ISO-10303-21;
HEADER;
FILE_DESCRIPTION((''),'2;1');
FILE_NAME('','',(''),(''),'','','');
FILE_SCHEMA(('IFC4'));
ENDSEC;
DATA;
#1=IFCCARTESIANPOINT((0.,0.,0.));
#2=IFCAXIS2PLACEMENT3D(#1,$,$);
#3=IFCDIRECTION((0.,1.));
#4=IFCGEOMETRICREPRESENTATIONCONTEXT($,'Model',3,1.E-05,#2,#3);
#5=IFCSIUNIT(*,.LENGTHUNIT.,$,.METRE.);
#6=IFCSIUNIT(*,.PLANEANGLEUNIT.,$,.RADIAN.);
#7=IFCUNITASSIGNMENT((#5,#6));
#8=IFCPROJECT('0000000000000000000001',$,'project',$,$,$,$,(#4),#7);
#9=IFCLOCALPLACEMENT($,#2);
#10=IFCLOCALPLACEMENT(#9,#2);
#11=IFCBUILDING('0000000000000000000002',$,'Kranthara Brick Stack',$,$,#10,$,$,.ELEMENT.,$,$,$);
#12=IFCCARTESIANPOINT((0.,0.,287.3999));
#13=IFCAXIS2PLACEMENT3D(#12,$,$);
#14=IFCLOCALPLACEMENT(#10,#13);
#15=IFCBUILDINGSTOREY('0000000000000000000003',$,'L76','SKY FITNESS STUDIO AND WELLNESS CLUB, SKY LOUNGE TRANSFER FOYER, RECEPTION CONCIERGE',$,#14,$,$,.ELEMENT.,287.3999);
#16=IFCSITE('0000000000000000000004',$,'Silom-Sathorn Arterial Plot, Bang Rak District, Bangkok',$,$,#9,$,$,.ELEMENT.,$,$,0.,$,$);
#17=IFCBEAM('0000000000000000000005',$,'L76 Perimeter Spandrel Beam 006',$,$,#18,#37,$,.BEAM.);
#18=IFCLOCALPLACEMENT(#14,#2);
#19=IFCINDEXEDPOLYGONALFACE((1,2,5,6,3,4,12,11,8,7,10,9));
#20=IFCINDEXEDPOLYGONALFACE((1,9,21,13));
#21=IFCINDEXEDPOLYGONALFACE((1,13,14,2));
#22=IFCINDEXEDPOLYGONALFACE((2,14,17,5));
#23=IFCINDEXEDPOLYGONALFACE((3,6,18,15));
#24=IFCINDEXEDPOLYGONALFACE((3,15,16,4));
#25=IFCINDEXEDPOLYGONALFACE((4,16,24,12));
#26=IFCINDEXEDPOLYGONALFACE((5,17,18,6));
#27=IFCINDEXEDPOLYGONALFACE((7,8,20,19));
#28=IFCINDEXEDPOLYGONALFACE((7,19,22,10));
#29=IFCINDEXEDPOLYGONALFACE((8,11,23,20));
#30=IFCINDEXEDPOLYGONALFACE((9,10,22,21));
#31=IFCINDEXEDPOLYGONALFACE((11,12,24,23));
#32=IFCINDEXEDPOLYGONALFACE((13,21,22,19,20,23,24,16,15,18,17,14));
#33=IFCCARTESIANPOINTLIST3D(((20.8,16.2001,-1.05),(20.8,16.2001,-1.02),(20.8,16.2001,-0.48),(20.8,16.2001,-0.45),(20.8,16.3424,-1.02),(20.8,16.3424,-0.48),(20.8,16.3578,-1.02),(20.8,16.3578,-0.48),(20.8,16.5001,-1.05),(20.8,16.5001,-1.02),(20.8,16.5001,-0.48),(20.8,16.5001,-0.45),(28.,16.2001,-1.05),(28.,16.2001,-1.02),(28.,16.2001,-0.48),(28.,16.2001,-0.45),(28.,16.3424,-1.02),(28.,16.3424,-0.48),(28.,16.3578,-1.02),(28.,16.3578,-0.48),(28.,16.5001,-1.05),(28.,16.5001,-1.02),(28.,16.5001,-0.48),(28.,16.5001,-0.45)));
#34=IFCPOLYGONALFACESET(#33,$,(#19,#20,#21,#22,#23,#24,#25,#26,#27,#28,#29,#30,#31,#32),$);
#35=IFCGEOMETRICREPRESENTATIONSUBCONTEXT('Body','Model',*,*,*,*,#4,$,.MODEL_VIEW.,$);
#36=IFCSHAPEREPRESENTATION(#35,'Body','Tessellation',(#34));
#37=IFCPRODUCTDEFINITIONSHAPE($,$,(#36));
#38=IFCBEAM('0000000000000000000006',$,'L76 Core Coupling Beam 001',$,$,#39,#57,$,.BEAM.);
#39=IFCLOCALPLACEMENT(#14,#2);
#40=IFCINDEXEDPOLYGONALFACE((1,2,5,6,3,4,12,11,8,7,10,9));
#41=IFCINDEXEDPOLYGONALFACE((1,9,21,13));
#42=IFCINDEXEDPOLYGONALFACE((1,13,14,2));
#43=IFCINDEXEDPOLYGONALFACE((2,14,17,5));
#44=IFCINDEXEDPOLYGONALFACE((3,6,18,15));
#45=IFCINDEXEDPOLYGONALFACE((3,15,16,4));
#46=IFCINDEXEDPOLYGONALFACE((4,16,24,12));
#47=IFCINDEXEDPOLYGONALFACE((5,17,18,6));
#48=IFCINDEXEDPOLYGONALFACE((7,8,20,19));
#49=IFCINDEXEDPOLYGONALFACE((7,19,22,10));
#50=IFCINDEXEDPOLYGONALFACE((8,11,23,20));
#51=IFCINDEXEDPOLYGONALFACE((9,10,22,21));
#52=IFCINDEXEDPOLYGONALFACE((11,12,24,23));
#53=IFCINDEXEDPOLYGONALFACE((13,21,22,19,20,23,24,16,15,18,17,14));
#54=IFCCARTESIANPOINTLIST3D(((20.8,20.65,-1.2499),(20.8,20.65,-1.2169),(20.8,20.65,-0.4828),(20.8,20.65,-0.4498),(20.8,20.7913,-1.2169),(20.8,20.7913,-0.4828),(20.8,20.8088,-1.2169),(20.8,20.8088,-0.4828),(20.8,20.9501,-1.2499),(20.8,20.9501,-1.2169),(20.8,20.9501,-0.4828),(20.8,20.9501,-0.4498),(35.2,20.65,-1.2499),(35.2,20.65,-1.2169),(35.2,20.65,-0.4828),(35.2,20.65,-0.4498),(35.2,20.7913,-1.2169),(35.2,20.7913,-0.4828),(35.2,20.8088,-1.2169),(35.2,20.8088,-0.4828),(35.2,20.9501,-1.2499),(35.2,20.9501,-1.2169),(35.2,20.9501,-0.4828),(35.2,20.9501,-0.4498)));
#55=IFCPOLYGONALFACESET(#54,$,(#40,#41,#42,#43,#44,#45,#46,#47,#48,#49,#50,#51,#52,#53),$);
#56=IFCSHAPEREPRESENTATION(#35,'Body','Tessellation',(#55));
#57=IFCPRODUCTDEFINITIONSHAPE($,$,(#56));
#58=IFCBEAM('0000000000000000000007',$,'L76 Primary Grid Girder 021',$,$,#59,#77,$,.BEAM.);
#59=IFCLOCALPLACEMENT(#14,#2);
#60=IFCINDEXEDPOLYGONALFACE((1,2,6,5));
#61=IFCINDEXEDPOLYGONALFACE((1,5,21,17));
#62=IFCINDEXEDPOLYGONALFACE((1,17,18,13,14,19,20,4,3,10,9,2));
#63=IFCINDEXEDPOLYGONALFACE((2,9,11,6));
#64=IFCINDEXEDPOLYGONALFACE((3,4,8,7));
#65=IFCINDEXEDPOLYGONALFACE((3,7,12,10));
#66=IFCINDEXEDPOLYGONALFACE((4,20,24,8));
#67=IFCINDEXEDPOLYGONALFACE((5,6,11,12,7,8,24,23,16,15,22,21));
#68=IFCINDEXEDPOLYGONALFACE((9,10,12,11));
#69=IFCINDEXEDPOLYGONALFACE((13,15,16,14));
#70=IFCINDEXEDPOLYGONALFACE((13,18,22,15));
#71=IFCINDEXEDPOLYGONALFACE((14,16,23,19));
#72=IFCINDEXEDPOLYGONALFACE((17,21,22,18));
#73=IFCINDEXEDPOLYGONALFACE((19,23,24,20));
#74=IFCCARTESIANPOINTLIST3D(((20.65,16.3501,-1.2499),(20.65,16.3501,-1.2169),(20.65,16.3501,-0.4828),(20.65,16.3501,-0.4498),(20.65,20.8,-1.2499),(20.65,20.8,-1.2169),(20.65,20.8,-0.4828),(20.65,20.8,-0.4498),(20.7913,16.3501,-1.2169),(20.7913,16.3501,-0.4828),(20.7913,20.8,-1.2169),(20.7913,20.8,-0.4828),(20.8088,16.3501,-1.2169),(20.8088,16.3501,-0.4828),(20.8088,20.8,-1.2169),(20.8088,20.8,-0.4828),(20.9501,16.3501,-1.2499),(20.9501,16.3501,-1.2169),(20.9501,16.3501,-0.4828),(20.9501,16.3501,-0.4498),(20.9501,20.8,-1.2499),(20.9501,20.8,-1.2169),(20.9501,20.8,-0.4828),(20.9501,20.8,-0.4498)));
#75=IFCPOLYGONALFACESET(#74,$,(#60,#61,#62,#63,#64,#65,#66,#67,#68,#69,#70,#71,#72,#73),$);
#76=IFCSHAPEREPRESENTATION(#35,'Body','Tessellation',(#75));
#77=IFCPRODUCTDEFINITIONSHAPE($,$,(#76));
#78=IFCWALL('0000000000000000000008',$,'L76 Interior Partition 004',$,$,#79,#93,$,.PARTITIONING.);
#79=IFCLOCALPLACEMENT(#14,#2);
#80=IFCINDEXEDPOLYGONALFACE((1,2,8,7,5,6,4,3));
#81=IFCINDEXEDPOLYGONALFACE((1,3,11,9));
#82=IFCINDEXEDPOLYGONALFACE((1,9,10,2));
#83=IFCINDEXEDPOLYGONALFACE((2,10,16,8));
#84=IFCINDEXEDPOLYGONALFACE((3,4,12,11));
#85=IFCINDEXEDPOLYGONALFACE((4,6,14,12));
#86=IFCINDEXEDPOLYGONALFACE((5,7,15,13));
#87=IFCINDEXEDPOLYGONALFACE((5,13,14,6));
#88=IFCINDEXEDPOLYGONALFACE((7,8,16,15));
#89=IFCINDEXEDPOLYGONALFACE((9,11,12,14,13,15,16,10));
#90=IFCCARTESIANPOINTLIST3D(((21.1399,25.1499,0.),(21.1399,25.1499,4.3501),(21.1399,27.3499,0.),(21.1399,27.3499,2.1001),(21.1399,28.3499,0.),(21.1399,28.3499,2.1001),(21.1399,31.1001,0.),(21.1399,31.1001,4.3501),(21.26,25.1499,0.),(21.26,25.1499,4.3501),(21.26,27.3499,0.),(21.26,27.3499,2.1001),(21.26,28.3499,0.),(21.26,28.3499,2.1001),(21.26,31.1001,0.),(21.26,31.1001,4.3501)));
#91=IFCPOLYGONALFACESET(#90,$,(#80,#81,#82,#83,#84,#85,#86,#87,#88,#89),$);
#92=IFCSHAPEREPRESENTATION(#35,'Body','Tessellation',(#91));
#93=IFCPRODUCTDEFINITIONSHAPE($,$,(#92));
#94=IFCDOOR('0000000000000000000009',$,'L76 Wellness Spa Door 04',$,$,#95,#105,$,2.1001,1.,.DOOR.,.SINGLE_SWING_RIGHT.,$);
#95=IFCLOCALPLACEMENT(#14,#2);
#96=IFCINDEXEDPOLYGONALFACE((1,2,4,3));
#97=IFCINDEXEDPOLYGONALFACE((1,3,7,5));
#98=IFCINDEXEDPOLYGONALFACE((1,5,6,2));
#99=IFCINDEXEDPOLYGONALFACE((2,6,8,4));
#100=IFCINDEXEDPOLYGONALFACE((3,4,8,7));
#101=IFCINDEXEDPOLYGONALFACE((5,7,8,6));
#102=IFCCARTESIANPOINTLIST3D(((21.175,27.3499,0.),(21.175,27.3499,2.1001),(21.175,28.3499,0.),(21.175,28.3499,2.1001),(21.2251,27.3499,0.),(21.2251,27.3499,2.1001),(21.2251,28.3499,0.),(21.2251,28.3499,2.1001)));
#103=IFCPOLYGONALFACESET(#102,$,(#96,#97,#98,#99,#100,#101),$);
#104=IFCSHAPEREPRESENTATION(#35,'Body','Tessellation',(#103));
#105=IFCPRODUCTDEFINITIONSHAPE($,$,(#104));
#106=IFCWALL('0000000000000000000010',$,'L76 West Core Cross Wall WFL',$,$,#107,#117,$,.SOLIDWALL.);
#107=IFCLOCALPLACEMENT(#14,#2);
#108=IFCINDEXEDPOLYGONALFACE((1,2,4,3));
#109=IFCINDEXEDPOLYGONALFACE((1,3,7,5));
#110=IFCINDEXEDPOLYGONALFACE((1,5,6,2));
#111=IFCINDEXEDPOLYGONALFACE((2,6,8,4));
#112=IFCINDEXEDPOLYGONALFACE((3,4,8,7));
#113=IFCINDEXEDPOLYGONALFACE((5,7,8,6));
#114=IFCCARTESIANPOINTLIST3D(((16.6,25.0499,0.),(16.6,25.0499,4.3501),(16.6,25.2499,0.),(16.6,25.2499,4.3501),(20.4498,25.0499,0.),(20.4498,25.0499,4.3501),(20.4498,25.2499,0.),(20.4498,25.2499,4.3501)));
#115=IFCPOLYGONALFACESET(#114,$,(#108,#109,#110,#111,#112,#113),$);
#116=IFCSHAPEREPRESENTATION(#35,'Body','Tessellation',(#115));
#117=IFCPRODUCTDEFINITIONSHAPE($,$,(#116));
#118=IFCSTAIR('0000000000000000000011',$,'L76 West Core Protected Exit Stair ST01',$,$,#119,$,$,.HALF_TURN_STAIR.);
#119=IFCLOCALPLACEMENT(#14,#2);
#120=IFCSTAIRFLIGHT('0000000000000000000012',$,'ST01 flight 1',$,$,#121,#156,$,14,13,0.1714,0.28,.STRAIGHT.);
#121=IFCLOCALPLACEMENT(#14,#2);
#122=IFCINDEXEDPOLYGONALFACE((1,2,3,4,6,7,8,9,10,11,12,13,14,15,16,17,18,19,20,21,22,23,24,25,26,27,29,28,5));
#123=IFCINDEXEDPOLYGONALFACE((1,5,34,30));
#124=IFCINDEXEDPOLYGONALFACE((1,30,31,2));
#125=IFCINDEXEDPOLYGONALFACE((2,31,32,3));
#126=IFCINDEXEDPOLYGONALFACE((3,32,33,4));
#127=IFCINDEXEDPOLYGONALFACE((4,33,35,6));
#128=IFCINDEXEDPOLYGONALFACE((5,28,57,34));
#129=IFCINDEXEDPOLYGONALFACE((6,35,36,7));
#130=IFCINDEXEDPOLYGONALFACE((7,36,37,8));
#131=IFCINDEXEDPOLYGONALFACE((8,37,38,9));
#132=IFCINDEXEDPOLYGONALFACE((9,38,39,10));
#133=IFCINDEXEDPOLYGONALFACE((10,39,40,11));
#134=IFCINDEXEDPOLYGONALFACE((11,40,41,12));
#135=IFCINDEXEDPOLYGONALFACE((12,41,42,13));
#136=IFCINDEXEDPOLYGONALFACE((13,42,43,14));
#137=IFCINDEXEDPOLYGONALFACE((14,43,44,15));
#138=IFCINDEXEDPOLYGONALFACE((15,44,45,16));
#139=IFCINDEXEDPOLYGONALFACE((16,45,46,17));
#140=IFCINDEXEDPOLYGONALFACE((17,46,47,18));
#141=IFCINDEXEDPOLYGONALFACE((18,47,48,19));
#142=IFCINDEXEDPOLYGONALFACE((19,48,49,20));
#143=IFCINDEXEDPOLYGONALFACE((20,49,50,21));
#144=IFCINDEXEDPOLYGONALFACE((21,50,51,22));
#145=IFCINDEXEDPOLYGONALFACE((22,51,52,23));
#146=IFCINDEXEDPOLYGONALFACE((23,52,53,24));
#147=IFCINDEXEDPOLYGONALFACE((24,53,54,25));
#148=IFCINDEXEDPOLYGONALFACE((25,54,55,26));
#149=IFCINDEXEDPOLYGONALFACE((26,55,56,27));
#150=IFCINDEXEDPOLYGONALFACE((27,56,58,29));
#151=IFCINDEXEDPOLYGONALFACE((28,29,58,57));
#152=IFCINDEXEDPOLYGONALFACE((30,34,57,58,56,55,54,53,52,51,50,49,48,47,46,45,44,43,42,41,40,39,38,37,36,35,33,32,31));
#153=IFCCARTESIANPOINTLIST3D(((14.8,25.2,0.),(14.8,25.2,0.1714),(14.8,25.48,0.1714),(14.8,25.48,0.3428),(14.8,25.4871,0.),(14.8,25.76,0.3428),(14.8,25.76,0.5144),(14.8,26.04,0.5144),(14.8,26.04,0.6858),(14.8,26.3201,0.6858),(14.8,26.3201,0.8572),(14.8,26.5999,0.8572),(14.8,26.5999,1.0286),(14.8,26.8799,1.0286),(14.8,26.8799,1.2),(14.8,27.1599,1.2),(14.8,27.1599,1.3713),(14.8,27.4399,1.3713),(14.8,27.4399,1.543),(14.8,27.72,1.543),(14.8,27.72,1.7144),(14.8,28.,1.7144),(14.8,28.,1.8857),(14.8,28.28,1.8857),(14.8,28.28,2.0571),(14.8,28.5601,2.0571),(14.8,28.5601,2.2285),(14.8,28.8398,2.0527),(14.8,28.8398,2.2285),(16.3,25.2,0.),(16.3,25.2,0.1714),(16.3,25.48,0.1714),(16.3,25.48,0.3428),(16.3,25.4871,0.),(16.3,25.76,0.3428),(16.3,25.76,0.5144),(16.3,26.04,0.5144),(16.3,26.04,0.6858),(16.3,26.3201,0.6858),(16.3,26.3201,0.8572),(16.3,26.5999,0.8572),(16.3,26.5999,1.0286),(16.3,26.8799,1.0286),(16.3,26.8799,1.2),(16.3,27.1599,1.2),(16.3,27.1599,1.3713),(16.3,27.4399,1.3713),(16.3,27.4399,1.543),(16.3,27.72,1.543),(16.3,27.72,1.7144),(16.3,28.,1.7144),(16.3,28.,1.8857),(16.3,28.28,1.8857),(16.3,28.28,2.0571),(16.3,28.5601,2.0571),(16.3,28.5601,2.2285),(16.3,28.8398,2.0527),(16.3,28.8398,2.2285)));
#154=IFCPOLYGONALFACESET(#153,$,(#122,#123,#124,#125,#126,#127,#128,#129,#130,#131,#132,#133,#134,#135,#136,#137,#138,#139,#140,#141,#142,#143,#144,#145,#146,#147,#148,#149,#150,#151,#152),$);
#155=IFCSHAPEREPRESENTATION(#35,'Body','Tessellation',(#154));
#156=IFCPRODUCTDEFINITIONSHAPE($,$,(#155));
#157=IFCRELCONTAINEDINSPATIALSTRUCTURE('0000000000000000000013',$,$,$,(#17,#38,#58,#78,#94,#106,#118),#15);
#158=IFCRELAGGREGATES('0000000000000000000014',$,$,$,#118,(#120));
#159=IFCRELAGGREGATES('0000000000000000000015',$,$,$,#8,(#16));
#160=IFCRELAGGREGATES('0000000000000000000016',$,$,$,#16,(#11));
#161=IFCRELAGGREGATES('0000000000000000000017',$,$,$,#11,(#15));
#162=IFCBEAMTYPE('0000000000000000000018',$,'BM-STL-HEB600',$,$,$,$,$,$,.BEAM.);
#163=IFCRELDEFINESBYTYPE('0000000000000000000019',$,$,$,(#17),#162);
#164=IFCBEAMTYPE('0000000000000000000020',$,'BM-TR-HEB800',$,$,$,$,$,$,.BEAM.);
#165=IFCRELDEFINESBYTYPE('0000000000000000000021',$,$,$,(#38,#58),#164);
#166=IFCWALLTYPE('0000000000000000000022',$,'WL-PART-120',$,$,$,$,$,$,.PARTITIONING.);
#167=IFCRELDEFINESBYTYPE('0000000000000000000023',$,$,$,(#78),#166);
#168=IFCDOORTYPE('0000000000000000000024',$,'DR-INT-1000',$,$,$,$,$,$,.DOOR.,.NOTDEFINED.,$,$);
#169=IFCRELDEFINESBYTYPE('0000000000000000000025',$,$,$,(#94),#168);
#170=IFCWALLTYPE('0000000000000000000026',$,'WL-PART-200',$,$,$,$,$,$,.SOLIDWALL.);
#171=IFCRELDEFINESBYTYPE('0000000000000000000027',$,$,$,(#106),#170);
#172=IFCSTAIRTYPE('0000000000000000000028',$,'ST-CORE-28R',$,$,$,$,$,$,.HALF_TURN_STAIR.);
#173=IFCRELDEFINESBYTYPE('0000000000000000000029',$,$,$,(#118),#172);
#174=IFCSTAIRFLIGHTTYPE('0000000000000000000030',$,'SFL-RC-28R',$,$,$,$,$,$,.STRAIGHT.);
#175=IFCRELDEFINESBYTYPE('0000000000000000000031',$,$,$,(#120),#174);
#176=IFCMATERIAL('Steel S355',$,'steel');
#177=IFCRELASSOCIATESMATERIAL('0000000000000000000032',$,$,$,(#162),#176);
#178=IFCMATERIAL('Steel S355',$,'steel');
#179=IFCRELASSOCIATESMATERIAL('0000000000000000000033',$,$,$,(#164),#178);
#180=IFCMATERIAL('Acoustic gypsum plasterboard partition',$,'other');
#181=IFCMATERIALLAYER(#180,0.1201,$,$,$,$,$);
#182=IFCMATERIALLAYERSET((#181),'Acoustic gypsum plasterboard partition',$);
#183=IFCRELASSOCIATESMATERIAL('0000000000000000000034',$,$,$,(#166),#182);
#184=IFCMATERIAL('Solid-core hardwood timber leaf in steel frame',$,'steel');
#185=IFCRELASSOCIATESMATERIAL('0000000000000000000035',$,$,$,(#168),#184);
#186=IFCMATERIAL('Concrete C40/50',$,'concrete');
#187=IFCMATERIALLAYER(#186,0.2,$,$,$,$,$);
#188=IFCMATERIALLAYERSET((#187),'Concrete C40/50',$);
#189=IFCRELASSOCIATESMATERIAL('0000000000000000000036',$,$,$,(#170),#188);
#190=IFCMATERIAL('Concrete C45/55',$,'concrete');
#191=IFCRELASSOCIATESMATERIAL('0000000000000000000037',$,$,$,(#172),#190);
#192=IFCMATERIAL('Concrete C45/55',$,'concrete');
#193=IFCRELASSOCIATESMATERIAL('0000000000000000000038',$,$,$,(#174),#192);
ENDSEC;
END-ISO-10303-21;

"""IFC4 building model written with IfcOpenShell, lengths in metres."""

from ifc_helpers import new_model, si_unit, direction, frame, frame_2d, origin, origin_2d, place, context, subcontext, project, spatial, polyline, rectangle, i_section, outline, extrude, material, layer, layer_set, material_profile, profile_set, type_object, element, fill, aggregate, save


model = new_model("IFC4")

# Units and contexts
model_context = context("Model", 3, precision=1e-05, world=origin(), true_north=direction((0.0, 1.0)))
body_context = subcontext(model_context, "Body", "Model", "MODEL_VIEW")
ifc_project = project(units=[si_unit("LENGTHUNIT", "METRE"), si_unit("PLANEANGLEUNIT", "RADIAN")], contexts=[model_context])

# Site, building, storey
site_placement = place(None, origin())
site = spatial("IfcSite", under=ifc_project, at=site_placement, Name="Silom-Sathorn Arterial Plot, Bang Rak District, Bangkok", CompositionType="ELEMENT", RefElevation=0.0)
building_placement = place(site_placement, origin())
building = spatial("IfcBuilding", under=site, at=building_placement, Name="Kranthara Brick Stack", CompositionType="ELEMENT")
storey_placement = place(building_placement, frame((0.0, 0.0, 287.3999)))
storey = spatial("IfcBuildingStorey", under=building, at=storey_placement, Name="L76", Description="SKY FITNESS STUDIO AND WELLNESS CLUB, SKY LOUNGE TRANSFER FOYER, RECEPTION CONCIERGE", CompositionType="ELEMENT", Elevation=287.3999)

# Beams
ifc_material_1 = material(Name="Steel S355", Category="steel")
ifc_material_profile_1 = material_profile(ifc_material_1, i_section(OverallWidth=0.3, OverallDepth=0.6001, WebThickness=0.0154, FlangeThickness=0.03, at=origin_2d()), Name="HEB 600")
ifc_profile_set_1 = profile_set([ifc_material_profile_1], Name="Steel S355")
beam_type_1 = type_object("IfcBeamType", Name="BM-STL-HEB600", PredefinedType="BEAM", material=ifc_profile_set_1)
beam_1_placement = place(storey_placement, frame((20.8, 16.3501, -0.75), z_axis=(1.0, 0.0, 0.0), x_axis=(0.0, 1.0, 0.0)))
element("IfcBeam", 1, at=beam_1_placement, inside=storey, type_object=beam_type_1, Name="L76 Perimeter Spandrel Beam 006", PredefinedType="BEAM", context=body_context, shape_type="SweptSolid", body=[
    extrude(i_section(OverallWidth=0.3, OverallDepth=0.6001, WebThickness=0.0154, FlangeThickness=0.03, at=origin_2d()), origin(), (0.0, 0.0, 1.0), 7.2),
])
ifc_material_2 = material(Name="Steel S355", Category="steel")
ifc_material_profile_2 = material_profile(ifc_material_2, i_section(OverallWidth=0.3, OverallDepth=0.8, WebThickness=0.0176, FlangeThickness=0.033, at=origin_2d()), Name="HEB 800")
ifc_profile_set_2 = profile_set([ifc_material_profile_2], Name="Steel S355")
beam_type_2 = type_object("IfcBeamType", Name="BM-TR-HEB800", PredefinedType="BEAM", material=ifc_profile_set_2)
beam_2_placement = place(storey_placement, frame((20.8, 20.8, -0.8499), z_axis=(1.0, 0.0, 0.0), x_axis=(0.0, 1.0, 0.0)))
element("IfcBeam", 2, at=beam_2_placement, inside=storey, type_object=beam_type_2, Name="L76 Core Coupling Beam 001", PredefinedType="BEAM", context=body_context, shape_type="SweptSolid", body=[
    extrude(i_section(OverallWidth=0.3, OverallDepth=0.8, WebThickness=0.0176, FlangeThickness=0.033, at=origin_2d()), origin(), (0.0, 0.0, 1.0), 14.3999),
])
beam_3_placement = place(storey_placement, frame((20.8, 16.3501, -0.8499), z_axis=(0.0, 1.0, 0.0), x_axis=(-1.0, 0.0, 0.0)))
element("IfcBeam", 3, at=beam_3_placement, inside=storey, type_object=beam_type_2, Name="L76 Primary Grid Girder 021", PredefinedType="BEAM", context=body_context, shape_type="SweptSolid", body=[
    extrude(i_section(OverallWidth=0.3, OverallDepth=0.8, WebThickness=0.0176, FlangeThickness=0.033, at=origin_2d()), origin(), (0.0, 0.0, 1.0), 4.45),
])

# Wall, opening, door
ifc_material_3 = material(Name="Acoustic gypsum plasterboard partition", Category="other")
ifc_layer_1 = layer(ifc_material_3, 0.1201)
ifc_layer_set_1 = layer_set([ifc_layer_1], Name="Acoustic gypsum plasterboard partition")
wall_type_1 = type_object("IfcWallType", Name="WL-PART-120", PredefinedType="PARTITIONING", material=ifc_layer_set_1)
wall_1_placement = place(storey_placement, frame((21.2, 25.1499, 0.0), z_axis=(0.0, 0.0, 1.0), x_axis=(0.0, 1.0, 0.0)))
wall_1 = element("IfcWall", 4, at=wall_1_placement, inside=storey, type_object=wall_type_1, Name="L76 Interior Partition 004", PredefinedType="PARTITIONING", context=body_context, shape_type="SweptSolid", body=[
    extrude(rectangle(XDim=5.9502, YDim=0.1201, at=frame_2d((2.9751, 0.0))), origin(), (0.0, 0.0, 1.0), 4.3501),
])
opening_1_placement = place(wall_1_placement, frame((2.2, 0.0, 0.0)))
opening_1 = element("IfcOpeningElement", 5, at=opening_1_placement, cuts=wall_1, PredefinedType="OPENING", context=body_context, shape_type="SweptSolid", body=[
    extrude(rectangle(XDim=1.0, YDim=2.1001, at=frame_2d((0.5, 1.05))), frame((0.0, 0.0701, 0.0), z_axis=(0.0, -1.0, 0.0), x_axis=(1.0, 0.0, 0.0)), (0.0, 0.0, 1.0), 0.1401),
])
ifc_material_4 = material(Name="Solid-core hardwood timber leaf in steel frame", Category="steel")
door_type_1 = type_object("IfcDoorType", Name="DR-INT-1000", OperationType="NOTDEFINED", PredefinedType="DOOR", material=ifc_material_4)
door_1_placement = place(opening_1_placement, origin())
door_1 = element("IfcDoor", 6, at=door_1_placement, inside=storey, type_object=door_type_1, Name="L76 Wellness Spa Door 04", OperationType="SINGLE_SWING_RIGHT", OverallHeight=2.1001, OverallWidth=1.0, PredefinedType="DOOR", context=body_context, shape_type="SweptSolid", body=[
    extrude(rectangle(XDim=1.0, YDim=2.1001, at=frame_2d((0.5, 1.05))), frame((0.0, 0.0249, 0.0), z_axis=(0.0, -1.0, 0.0), x_axis=(1.0, 0.0, 0.0)), (0.0, 0.0, 1.0), 0.05),
])
fill(opening_1, door_1)

# Wall
ifc_material_5 = material(Name="Concrete C40/50", Category="concrete")
ifc_layer_2 = layer(ifc_material_5, 0.2)
ifc_layer_set_2 = layer_set([ifc_layer_2], Name="Concrete C40/50")
wall_type_2 = type_object("IfcWallType", Name="WL-PART-200", PredefinedType="SOLIDWALL", material=ifc_layer_set_2)
wall_2_placement = place(storey_placement, frame((16.6001, 25.1499, 0.0), z_axis=(0.0, 0.0, 1.0), x_axis=(1.0, 0.0, 0.0)))
element("IfcWall", 7, at=wall_2_placement, inside=storey, type_object=wall_type_2, Name="L76 West Core Cross Wall WFL", PredefinedType="SOLIDWALL", context=body_context, shape_type="SweptSolid", body=[
    extrude(rectangle(XDim=3.8499, YDim=0.2, at=frame_2d((1.9248, 0.0))), origin(), (0.0, 0.0, 1.0), 4.3501),
])

# Stair, stair flight
ifc_material_6 = material(Name="Concrete C45/55", Category="concrete")
stair_type = type_object("IfcStairType", Name="ST-CORE-28R", PredefinedType="HALF_TURN_STAIR", material=ifc_material_6)
stair_placement = place(storey_placement, origin())
stair = element("IfcStair", 8, at=stair_placement, inside=storey, type_object=stair_type, Name="L76 West Core Protected Exit Stair ST01", PredefinedType="HALF_TURN_STAIR")
ifc_material_7 = material(Name="Concrete C45/55", Category="concrete")
stair_flight_type = type_object("IfcStairFlightType", Name="SFL-RC-28R", PredefinedType="STRAIGHT", material=ifc_material_7)
stair_flight_placement = place(storey_placement, frame((15.55, 25.2, 0.0), z_axis=(0.0, 0.0, 1.0), x_axis=(0.0, 1.0, 0.0)))
stair_flight = element("IfcStairFlight", 9, at=stair_flight_placement, type_object=stair_flight_type, Name="ST01 flight 1", NumberOfRisers=14, NumberOfTreads=13, PredefinedType="STRAIGHT", RiserHeight=0.1714, TreadLength=0.28, context=body_context, shape_type="SweptSolid", body=[
    extrude(outline(polyline([(0.0, 0.0), (0.0, 0.1714), (0.28, 0.1714), (0.28, 0.3428), (0.5601, 0.3428), (0.5601, 0.5144), (0.8401, 0.5144), (0.8401, 0.6858), (1.1201, 0.6858), (1.1201, 0.8572), (1.3999, 0.8572), (1.3999, 1.0286), (1.6799, 1.0286), (1.6799, 1.2), (1.96, 1.2), (1.96, 1.3713), (2.24, 1.3713), (2.24, 1.543), (2.52, 1.543), (2.52, 1.7144), (2.8, 1.7144), (2.8, 1.8857), (3.0801, 1.8857), (3.0801, 2.0571), (3.3601, 2.0571), (3.3601, 2.2285), (3.6399, 2.2285), (3.6399, 2.3999), (3.6399, 2.0527), (0.2871, 0.0), (0.0, 0.0)])), frame((0.0, 0.75, 0.0), z_axis=(0.0, -1.0, 0.0), x_axis=(1.0, 0.0, 0.0)), (0.0, 0.0, 1.0), 1.5),
])
aggregate(stair, [stair_flight])

save(model, "model.ifc")
